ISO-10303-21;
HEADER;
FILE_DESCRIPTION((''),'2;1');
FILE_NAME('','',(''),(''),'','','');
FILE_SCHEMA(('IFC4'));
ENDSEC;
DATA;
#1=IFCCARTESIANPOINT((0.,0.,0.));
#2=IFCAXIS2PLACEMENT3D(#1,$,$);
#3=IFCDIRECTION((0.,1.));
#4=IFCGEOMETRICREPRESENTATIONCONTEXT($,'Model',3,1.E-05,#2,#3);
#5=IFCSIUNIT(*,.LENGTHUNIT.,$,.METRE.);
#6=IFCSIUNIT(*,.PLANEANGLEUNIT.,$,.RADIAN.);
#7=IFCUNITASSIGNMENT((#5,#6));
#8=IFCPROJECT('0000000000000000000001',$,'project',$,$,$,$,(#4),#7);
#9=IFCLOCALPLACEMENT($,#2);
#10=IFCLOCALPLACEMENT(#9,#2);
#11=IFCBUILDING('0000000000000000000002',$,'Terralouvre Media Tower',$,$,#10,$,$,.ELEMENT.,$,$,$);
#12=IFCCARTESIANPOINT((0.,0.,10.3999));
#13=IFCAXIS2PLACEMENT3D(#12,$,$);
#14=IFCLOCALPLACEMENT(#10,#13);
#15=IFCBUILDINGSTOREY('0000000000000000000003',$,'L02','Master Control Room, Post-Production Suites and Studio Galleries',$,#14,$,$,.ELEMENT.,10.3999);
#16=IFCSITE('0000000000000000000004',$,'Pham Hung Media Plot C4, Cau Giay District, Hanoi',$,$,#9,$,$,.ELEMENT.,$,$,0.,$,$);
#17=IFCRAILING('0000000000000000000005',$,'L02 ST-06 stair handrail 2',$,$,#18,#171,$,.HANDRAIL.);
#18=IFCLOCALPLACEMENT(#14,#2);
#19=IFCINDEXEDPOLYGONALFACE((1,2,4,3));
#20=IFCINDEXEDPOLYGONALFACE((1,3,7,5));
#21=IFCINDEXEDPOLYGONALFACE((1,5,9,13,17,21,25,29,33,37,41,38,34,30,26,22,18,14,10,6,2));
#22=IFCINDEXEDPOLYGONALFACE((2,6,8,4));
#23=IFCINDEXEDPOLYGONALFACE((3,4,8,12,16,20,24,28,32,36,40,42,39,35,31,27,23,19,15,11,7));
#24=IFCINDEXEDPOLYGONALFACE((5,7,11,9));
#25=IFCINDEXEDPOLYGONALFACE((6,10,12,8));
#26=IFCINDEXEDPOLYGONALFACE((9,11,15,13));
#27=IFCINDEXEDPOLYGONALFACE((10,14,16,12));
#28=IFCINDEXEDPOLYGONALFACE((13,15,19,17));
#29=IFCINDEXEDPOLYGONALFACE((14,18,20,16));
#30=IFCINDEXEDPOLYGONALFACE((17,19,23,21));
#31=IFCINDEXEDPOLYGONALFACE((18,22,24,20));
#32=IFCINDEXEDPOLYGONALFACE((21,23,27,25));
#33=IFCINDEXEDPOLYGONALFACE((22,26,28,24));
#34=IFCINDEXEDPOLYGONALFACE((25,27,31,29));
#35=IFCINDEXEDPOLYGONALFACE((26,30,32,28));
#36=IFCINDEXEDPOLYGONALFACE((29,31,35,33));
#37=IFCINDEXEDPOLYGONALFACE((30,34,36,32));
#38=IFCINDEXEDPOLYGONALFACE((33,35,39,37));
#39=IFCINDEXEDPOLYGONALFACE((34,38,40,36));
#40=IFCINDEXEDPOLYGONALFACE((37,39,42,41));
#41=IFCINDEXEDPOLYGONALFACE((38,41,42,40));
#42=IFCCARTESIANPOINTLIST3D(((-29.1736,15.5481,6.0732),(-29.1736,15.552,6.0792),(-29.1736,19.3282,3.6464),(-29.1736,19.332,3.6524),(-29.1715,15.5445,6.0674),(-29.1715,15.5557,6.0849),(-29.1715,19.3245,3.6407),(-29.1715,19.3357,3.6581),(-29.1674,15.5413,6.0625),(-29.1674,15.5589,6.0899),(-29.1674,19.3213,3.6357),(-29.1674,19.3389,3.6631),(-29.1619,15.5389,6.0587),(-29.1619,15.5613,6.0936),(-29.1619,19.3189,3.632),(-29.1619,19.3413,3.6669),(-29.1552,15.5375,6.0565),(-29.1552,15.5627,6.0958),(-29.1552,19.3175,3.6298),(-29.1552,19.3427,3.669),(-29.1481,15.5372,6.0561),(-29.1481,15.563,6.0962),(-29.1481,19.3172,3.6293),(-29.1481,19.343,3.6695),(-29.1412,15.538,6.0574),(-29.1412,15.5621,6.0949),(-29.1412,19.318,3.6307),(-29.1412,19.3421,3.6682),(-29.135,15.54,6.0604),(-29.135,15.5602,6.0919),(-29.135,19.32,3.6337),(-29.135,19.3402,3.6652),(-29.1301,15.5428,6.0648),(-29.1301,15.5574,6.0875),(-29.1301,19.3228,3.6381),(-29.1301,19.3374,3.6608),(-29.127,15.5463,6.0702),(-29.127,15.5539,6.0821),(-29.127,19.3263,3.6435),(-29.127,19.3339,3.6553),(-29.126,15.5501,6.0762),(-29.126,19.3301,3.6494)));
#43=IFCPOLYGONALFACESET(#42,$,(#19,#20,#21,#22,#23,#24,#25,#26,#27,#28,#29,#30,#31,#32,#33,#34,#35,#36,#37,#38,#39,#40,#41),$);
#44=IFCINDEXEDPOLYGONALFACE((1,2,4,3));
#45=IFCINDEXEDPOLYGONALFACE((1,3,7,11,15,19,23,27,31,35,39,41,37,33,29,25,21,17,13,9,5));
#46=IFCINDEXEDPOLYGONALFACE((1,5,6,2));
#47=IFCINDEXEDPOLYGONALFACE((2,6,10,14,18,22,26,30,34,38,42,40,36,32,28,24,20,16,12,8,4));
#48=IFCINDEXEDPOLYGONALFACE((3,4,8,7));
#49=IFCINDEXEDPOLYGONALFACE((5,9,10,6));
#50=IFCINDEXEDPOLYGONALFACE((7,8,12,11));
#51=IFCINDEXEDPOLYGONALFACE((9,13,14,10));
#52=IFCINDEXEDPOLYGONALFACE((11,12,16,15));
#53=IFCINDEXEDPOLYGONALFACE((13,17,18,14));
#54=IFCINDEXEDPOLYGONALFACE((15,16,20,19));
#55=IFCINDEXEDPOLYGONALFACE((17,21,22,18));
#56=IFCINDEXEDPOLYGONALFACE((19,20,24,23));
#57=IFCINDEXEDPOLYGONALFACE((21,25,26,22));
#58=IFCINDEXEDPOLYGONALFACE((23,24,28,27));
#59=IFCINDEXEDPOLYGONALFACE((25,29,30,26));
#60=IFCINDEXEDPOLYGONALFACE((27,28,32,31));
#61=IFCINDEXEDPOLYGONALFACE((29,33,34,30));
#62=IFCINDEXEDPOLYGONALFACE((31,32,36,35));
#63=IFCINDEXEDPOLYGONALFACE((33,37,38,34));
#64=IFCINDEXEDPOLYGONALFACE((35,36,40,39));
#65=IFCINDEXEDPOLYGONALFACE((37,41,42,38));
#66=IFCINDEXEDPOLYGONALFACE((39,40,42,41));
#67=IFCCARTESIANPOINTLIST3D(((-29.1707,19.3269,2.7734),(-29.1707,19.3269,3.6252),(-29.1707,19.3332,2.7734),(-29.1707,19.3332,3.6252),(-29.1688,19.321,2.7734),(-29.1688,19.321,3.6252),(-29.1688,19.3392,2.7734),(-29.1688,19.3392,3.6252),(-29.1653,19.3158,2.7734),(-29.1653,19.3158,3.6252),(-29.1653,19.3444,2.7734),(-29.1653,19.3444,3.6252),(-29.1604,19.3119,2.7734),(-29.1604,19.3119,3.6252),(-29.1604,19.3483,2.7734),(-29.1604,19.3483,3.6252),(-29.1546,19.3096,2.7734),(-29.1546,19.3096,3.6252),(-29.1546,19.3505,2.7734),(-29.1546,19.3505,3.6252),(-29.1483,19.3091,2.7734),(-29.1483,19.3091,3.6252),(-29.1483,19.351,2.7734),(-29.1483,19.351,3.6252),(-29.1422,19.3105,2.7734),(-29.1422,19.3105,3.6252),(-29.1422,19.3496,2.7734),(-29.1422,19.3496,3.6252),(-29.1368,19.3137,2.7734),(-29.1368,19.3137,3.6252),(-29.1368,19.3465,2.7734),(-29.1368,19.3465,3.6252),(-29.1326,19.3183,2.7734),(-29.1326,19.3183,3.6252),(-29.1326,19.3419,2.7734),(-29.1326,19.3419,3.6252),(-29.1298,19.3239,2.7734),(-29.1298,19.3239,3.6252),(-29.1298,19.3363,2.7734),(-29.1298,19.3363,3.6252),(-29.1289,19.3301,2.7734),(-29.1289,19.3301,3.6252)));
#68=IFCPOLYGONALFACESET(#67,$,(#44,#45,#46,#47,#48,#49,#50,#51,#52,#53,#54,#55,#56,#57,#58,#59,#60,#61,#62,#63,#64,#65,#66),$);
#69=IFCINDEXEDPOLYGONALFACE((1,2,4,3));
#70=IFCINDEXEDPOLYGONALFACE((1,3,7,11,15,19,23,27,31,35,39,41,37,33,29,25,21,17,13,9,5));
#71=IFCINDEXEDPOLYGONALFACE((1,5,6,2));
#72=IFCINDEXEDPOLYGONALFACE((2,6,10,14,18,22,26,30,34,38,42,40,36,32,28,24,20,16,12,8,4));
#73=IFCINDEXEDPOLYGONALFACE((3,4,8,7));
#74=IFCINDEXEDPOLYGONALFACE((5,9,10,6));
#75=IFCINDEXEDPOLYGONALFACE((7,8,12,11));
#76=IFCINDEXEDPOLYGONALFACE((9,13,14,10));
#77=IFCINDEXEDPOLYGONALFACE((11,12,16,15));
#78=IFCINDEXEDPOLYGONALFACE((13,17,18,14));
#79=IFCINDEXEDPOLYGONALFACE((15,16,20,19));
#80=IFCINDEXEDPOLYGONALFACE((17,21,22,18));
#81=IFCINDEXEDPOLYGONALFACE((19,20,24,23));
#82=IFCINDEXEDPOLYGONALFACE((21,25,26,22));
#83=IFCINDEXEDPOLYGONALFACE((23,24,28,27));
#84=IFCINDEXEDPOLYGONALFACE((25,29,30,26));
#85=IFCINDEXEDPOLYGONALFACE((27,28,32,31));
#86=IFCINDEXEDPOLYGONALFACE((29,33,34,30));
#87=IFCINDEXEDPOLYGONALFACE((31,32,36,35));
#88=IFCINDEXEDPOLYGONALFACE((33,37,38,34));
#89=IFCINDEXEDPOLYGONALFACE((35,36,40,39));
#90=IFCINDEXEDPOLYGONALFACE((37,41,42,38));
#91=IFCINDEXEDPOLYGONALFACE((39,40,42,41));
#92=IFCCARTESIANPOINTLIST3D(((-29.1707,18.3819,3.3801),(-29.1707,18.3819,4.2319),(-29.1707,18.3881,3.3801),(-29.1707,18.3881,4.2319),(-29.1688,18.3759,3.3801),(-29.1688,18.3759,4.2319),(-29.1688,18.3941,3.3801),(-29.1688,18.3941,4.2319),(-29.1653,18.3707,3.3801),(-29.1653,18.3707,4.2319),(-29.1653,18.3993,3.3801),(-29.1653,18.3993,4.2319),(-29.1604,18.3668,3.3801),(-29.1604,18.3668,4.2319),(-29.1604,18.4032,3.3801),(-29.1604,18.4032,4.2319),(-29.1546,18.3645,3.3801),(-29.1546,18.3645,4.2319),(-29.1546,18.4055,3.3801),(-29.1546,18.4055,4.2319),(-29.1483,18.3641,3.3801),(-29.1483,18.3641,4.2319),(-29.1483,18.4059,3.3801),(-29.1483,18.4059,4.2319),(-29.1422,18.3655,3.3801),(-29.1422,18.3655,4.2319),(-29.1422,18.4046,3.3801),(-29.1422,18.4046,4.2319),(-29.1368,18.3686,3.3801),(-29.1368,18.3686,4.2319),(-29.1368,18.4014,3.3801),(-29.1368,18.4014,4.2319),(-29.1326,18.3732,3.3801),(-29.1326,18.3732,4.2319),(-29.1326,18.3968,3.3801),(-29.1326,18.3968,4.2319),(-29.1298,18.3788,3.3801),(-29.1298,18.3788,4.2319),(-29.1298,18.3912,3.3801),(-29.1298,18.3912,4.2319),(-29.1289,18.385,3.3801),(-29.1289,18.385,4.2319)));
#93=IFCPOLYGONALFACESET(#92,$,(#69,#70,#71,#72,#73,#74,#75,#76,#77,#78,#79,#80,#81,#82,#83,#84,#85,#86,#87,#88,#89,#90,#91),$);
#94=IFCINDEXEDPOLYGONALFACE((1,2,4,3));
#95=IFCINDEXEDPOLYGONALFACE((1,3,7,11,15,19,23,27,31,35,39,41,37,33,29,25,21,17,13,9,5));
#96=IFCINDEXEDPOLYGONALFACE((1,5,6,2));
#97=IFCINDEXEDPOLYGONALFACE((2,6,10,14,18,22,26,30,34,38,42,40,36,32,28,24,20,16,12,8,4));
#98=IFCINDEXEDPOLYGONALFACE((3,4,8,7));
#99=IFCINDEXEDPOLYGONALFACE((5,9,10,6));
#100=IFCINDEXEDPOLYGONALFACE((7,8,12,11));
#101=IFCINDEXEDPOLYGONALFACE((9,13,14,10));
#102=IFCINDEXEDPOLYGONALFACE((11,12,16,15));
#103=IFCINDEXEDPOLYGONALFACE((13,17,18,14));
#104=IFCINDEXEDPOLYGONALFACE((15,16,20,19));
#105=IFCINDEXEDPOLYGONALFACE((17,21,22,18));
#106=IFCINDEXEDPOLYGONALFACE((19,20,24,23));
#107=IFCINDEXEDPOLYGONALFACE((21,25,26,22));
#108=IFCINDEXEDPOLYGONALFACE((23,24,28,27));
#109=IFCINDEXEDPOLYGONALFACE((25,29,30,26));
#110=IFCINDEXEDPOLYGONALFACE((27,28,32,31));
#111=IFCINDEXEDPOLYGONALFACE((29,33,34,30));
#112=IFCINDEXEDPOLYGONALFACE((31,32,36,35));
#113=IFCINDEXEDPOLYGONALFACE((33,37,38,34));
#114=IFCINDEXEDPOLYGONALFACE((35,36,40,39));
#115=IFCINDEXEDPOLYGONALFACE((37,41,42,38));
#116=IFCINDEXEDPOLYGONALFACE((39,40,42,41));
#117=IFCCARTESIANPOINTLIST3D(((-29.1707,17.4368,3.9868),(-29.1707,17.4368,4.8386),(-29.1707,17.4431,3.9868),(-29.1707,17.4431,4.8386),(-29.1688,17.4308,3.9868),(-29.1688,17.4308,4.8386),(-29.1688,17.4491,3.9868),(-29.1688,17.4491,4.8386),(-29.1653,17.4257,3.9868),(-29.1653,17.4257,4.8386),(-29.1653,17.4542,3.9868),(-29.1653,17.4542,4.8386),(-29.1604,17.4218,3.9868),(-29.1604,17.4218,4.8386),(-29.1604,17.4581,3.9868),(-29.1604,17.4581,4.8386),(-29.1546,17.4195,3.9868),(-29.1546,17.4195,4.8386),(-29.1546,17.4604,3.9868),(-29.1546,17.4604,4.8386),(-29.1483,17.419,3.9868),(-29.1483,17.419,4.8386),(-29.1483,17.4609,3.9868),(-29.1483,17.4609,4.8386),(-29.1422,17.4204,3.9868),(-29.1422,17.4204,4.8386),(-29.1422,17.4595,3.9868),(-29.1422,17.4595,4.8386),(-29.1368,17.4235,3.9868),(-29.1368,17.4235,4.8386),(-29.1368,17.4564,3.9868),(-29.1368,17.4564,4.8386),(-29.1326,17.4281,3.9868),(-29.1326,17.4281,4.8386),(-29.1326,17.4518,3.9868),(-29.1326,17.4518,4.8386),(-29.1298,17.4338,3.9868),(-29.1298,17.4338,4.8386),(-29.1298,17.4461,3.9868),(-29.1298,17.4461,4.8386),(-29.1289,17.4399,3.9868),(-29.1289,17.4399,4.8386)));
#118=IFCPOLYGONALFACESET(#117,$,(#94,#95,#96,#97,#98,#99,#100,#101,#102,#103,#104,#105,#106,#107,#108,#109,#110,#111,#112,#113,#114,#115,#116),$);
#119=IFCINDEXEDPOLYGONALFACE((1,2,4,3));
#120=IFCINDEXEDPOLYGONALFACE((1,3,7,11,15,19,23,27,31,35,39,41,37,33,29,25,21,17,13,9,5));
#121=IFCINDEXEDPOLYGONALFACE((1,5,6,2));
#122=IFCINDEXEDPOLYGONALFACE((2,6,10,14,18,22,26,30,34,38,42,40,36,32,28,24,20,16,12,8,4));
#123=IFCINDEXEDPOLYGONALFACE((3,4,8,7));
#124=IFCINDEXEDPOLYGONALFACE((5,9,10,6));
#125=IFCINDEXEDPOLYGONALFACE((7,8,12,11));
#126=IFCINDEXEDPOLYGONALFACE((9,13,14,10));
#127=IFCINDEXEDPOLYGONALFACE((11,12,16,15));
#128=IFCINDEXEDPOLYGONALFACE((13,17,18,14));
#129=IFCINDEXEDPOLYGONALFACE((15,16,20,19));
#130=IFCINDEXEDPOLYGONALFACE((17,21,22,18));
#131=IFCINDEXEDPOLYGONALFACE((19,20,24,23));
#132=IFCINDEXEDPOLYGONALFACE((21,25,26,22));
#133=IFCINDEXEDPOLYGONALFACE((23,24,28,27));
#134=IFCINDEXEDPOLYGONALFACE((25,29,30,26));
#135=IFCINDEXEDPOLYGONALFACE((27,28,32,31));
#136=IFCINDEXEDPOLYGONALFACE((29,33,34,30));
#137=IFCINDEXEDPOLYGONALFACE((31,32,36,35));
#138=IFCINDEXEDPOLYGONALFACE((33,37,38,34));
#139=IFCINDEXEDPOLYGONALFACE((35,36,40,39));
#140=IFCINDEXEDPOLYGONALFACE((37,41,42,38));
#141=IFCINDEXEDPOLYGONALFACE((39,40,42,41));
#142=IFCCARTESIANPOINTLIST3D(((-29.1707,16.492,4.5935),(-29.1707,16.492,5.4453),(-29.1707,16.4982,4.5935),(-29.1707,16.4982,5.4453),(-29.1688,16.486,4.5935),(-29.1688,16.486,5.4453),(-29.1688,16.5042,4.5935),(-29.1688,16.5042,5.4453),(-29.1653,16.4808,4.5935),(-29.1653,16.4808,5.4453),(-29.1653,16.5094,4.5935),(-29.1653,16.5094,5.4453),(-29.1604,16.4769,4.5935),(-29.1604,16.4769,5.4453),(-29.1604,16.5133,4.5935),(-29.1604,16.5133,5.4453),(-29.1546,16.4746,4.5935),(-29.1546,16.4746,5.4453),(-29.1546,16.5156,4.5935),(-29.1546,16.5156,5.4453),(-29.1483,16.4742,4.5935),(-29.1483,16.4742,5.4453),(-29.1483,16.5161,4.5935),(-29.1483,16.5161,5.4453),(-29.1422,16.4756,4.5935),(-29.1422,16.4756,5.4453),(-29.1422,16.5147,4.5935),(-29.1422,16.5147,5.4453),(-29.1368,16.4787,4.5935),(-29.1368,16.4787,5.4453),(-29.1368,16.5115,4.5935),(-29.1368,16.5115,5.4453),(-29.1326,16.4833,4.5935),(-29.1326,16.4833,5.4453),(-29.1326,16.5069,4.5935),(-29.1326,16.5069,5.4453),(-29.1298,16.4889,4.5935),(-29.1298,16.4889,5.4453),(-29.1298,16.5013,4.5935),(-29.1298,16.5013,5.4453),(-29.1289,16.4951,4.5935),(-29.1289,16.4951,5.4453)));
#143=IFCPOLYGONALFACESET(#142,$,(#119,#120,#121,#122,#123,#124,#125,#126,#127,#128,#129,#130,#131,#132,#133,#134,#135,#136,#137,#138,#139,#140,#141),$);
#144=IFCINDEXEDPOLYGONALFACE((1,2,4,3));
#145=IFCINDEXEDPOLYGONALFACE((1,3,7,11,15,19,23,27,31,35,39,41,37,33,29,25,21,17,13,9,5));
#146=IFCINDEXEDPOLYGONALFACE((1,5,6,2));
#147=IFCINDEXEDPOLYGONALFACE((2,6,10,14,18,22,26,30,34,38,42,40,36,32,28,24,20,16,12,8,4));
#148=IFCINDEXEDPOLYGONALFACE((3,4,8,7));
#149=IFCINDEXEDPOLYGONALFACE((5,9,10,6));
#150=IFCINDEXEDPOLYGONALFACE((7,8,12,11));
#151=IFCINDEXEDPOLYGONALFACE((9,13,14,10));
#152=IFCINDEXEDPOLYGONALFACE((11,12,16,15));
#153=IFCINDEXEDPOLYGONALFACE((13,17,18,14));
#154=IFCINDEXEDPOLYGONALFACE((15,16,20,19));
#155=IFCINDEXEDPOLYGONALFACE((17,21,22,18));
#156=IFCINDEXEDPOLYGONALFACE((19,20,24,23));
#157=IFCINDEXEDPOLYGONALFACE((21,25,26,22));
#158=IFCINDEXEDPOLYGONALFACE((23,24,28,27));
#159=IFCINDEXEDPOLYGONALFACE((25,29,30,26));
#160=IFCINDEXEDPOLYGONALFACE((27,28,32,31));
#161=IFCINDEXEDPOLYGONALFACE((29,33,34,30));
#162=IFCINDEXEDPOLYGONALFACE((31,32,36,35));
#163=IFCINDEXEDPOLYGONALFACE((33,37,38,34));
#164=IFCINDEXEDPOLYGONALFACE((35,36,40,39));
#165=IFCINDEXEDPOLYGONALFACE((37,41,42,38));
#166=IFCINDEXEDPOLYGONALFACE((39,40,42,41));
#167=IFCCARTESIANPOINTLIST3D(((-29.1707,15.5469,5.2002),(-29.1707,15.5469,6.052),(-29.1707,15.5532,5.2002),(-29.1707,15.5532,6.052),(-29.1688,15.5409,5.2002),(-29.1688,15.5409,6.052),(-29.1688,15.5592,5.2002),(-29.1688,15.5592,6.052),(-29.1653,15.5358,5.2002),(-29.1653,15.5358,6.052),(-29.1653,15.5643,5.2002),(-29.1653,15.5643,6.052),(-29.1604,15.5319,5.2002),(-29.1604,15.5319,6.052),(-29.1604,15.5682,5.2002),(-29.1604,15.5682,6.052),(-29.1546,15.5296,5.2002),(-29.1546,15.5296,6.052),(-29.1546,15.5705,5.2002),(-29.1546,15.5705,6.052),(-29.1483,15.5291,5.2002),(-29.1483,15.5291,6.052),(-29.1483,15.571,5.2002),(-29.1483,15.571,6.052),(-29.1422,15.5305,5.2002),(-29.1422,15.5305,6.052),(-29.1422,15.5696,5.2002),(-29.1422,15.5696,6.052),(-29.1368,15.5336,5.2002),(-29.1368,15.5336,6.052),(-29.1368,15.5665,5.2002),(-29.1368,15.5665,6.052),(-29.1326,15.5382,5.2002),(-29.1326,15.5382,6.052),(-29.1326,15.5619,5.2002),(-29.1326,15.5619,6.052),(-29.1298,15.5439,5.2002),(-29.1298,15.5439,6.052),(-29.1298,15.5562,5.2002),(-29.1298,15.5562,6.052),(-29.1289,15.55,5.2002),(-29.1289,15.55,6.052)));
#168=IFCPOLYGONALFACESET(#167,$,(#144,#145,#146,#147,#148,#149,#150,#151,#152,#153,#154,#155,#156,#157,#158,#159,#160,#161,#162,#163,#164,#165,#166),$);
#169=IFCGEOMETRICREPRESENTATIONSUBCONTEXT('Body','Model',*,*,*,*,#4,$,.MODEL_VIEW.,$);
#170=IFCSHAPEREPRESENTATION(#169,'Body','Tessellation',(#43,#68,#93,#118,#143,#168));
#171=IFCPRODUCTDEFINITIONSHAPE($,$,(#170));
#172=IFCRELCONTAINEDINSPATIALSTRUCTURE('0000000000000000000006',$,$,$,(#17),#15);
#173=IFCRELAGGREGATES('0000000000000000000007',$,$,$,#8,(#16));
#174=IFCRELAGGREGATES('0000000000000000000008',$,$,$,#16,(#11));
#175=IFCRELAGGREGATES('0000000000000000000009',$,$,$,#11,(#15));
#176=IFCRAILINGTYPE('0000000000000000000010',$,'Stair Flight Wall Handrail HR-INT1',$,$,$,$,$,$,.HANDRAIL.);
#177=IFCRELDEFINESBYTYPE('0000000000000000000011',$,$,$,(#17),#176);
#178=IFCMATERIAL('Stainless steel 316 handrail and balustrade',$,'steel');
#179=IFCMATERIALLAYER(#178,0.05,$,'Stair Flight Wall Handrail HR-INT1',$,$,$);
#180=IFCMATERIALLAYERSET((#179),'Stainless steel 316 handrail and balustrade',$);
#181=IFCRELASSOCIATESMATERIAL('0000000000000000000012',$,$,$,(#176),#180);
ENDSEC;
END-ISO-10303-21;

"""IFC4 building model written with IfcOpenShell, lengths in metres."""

from ifc_helpers import new_model, si_unit, direction, frame, origin, origin_2d, place, context, subcontext, project, spatial, circle, extrude, material, layer, layer_set, type_object, element, save


model = new_model("IFC4")

# Units and contexts
model_context = context("Model", 3, precision=1e-05, world=origin(), true_north=direction((0.0, 1.0)))
body_context = subcontext(model_context, "Body", "Model", "MODEL_VIEW")
ifc_project = project(units=[si_unit("LENGTHUNIT", "METRE"), si_unit("PLANEANGLEUNIT", "RADIAN")], contexts=[model_context])

# Site, building, storey
site_placement = place(None, origin())
site = spatial("IfcSite", under=ifc_project, at=site_placement, Name="Pham Hung Media Plot C4, Cau Giay District, Hanoi", CompositionType="ELEMENT", RefElevation=0.0)
building_placement = place(site_placement, origin())
building = spatial("IfcBuilding", under=site, at=building_placement, Name="Terralouvre Media Tower", CompositionType="ELEMENT")
storey_placement = place(building_placement, frame((0.0, 0.0, 10.3999)))
storey = spatial("IfcBuildingStorey", under=building, at=storey_placement, Name="L02", Description="Master Control Room, Post-Production Suites and Studio Galleries", CompositionType="ELEMENT", Elevation=10.3999)

# Railing
ifc_material_1 = material(Name="Stainless steel 316 handrail and balustrade", Category="steel")
ifc_layer_1 = layer(ifc_material_1, 0.05, Name="Stair Flight Wall Handrail HR-INT1")
ifc_layer_set_1 = layer_set([ifc_layer_1], Name="Stainless steel 316 handrail and balustrade")
railing_type_1 = type_object("IfcRailingType", Name="Stair Flight Wall Handrail HR-INT1", PredefinedType="HANDRAIL", material=ifc_layer_set_1)
railing_1_placement = place(storey_placement, frame((-29.1499, 19.3301, 2.7734)))
element("IfcRailing", 1, at=railing_1_placement, inside=storey, type_object=railing_type_1, Name="L02 ST-06 stair handrail 2", PredefinedType="HANDRAIL", context=body_context, shape_type="SweptSolid", body=[
    extrude(circle(Radius=0.0239, at=origin_2d()), frame((0.0, 0.0, 0.876), z_axis=(0.0, -0.841509, 0.540244), x_axis=(1.0, 0.0, 0.0)), (0.0, 0.0, 1.0), 4.4919),
    extrude(circle(Radius=0.021, at=origin_2d()), origin(), (0.0, 0.0, 1.0), 0.8518),
    extrude(circle(Radius=0.021, at=origin_2d()), frame((0.0, -0.9451, 0.6067)), (0.0, 0.0, 1.0), 0.8518),
    extrude(circle(Radius=0.021, at=origin_2d()), frame((0.0, -1.8901, 1.2134)), (0.0, 0.0, 1.0), 0.8518),
    extrude(circle(Radius=0.021, at=origin_2d()), frame((0.0, -2.835, 1.8201)), (0.0, 0.0, 1.0), 0.8518),
    extrude(circle(Radius=0.021, at=origin_2d()), frame((0.0, -3.78, 2.4268)), (0.0, 0.0, 1.0), 0.8518),
])

save(model, "model.ifc")
